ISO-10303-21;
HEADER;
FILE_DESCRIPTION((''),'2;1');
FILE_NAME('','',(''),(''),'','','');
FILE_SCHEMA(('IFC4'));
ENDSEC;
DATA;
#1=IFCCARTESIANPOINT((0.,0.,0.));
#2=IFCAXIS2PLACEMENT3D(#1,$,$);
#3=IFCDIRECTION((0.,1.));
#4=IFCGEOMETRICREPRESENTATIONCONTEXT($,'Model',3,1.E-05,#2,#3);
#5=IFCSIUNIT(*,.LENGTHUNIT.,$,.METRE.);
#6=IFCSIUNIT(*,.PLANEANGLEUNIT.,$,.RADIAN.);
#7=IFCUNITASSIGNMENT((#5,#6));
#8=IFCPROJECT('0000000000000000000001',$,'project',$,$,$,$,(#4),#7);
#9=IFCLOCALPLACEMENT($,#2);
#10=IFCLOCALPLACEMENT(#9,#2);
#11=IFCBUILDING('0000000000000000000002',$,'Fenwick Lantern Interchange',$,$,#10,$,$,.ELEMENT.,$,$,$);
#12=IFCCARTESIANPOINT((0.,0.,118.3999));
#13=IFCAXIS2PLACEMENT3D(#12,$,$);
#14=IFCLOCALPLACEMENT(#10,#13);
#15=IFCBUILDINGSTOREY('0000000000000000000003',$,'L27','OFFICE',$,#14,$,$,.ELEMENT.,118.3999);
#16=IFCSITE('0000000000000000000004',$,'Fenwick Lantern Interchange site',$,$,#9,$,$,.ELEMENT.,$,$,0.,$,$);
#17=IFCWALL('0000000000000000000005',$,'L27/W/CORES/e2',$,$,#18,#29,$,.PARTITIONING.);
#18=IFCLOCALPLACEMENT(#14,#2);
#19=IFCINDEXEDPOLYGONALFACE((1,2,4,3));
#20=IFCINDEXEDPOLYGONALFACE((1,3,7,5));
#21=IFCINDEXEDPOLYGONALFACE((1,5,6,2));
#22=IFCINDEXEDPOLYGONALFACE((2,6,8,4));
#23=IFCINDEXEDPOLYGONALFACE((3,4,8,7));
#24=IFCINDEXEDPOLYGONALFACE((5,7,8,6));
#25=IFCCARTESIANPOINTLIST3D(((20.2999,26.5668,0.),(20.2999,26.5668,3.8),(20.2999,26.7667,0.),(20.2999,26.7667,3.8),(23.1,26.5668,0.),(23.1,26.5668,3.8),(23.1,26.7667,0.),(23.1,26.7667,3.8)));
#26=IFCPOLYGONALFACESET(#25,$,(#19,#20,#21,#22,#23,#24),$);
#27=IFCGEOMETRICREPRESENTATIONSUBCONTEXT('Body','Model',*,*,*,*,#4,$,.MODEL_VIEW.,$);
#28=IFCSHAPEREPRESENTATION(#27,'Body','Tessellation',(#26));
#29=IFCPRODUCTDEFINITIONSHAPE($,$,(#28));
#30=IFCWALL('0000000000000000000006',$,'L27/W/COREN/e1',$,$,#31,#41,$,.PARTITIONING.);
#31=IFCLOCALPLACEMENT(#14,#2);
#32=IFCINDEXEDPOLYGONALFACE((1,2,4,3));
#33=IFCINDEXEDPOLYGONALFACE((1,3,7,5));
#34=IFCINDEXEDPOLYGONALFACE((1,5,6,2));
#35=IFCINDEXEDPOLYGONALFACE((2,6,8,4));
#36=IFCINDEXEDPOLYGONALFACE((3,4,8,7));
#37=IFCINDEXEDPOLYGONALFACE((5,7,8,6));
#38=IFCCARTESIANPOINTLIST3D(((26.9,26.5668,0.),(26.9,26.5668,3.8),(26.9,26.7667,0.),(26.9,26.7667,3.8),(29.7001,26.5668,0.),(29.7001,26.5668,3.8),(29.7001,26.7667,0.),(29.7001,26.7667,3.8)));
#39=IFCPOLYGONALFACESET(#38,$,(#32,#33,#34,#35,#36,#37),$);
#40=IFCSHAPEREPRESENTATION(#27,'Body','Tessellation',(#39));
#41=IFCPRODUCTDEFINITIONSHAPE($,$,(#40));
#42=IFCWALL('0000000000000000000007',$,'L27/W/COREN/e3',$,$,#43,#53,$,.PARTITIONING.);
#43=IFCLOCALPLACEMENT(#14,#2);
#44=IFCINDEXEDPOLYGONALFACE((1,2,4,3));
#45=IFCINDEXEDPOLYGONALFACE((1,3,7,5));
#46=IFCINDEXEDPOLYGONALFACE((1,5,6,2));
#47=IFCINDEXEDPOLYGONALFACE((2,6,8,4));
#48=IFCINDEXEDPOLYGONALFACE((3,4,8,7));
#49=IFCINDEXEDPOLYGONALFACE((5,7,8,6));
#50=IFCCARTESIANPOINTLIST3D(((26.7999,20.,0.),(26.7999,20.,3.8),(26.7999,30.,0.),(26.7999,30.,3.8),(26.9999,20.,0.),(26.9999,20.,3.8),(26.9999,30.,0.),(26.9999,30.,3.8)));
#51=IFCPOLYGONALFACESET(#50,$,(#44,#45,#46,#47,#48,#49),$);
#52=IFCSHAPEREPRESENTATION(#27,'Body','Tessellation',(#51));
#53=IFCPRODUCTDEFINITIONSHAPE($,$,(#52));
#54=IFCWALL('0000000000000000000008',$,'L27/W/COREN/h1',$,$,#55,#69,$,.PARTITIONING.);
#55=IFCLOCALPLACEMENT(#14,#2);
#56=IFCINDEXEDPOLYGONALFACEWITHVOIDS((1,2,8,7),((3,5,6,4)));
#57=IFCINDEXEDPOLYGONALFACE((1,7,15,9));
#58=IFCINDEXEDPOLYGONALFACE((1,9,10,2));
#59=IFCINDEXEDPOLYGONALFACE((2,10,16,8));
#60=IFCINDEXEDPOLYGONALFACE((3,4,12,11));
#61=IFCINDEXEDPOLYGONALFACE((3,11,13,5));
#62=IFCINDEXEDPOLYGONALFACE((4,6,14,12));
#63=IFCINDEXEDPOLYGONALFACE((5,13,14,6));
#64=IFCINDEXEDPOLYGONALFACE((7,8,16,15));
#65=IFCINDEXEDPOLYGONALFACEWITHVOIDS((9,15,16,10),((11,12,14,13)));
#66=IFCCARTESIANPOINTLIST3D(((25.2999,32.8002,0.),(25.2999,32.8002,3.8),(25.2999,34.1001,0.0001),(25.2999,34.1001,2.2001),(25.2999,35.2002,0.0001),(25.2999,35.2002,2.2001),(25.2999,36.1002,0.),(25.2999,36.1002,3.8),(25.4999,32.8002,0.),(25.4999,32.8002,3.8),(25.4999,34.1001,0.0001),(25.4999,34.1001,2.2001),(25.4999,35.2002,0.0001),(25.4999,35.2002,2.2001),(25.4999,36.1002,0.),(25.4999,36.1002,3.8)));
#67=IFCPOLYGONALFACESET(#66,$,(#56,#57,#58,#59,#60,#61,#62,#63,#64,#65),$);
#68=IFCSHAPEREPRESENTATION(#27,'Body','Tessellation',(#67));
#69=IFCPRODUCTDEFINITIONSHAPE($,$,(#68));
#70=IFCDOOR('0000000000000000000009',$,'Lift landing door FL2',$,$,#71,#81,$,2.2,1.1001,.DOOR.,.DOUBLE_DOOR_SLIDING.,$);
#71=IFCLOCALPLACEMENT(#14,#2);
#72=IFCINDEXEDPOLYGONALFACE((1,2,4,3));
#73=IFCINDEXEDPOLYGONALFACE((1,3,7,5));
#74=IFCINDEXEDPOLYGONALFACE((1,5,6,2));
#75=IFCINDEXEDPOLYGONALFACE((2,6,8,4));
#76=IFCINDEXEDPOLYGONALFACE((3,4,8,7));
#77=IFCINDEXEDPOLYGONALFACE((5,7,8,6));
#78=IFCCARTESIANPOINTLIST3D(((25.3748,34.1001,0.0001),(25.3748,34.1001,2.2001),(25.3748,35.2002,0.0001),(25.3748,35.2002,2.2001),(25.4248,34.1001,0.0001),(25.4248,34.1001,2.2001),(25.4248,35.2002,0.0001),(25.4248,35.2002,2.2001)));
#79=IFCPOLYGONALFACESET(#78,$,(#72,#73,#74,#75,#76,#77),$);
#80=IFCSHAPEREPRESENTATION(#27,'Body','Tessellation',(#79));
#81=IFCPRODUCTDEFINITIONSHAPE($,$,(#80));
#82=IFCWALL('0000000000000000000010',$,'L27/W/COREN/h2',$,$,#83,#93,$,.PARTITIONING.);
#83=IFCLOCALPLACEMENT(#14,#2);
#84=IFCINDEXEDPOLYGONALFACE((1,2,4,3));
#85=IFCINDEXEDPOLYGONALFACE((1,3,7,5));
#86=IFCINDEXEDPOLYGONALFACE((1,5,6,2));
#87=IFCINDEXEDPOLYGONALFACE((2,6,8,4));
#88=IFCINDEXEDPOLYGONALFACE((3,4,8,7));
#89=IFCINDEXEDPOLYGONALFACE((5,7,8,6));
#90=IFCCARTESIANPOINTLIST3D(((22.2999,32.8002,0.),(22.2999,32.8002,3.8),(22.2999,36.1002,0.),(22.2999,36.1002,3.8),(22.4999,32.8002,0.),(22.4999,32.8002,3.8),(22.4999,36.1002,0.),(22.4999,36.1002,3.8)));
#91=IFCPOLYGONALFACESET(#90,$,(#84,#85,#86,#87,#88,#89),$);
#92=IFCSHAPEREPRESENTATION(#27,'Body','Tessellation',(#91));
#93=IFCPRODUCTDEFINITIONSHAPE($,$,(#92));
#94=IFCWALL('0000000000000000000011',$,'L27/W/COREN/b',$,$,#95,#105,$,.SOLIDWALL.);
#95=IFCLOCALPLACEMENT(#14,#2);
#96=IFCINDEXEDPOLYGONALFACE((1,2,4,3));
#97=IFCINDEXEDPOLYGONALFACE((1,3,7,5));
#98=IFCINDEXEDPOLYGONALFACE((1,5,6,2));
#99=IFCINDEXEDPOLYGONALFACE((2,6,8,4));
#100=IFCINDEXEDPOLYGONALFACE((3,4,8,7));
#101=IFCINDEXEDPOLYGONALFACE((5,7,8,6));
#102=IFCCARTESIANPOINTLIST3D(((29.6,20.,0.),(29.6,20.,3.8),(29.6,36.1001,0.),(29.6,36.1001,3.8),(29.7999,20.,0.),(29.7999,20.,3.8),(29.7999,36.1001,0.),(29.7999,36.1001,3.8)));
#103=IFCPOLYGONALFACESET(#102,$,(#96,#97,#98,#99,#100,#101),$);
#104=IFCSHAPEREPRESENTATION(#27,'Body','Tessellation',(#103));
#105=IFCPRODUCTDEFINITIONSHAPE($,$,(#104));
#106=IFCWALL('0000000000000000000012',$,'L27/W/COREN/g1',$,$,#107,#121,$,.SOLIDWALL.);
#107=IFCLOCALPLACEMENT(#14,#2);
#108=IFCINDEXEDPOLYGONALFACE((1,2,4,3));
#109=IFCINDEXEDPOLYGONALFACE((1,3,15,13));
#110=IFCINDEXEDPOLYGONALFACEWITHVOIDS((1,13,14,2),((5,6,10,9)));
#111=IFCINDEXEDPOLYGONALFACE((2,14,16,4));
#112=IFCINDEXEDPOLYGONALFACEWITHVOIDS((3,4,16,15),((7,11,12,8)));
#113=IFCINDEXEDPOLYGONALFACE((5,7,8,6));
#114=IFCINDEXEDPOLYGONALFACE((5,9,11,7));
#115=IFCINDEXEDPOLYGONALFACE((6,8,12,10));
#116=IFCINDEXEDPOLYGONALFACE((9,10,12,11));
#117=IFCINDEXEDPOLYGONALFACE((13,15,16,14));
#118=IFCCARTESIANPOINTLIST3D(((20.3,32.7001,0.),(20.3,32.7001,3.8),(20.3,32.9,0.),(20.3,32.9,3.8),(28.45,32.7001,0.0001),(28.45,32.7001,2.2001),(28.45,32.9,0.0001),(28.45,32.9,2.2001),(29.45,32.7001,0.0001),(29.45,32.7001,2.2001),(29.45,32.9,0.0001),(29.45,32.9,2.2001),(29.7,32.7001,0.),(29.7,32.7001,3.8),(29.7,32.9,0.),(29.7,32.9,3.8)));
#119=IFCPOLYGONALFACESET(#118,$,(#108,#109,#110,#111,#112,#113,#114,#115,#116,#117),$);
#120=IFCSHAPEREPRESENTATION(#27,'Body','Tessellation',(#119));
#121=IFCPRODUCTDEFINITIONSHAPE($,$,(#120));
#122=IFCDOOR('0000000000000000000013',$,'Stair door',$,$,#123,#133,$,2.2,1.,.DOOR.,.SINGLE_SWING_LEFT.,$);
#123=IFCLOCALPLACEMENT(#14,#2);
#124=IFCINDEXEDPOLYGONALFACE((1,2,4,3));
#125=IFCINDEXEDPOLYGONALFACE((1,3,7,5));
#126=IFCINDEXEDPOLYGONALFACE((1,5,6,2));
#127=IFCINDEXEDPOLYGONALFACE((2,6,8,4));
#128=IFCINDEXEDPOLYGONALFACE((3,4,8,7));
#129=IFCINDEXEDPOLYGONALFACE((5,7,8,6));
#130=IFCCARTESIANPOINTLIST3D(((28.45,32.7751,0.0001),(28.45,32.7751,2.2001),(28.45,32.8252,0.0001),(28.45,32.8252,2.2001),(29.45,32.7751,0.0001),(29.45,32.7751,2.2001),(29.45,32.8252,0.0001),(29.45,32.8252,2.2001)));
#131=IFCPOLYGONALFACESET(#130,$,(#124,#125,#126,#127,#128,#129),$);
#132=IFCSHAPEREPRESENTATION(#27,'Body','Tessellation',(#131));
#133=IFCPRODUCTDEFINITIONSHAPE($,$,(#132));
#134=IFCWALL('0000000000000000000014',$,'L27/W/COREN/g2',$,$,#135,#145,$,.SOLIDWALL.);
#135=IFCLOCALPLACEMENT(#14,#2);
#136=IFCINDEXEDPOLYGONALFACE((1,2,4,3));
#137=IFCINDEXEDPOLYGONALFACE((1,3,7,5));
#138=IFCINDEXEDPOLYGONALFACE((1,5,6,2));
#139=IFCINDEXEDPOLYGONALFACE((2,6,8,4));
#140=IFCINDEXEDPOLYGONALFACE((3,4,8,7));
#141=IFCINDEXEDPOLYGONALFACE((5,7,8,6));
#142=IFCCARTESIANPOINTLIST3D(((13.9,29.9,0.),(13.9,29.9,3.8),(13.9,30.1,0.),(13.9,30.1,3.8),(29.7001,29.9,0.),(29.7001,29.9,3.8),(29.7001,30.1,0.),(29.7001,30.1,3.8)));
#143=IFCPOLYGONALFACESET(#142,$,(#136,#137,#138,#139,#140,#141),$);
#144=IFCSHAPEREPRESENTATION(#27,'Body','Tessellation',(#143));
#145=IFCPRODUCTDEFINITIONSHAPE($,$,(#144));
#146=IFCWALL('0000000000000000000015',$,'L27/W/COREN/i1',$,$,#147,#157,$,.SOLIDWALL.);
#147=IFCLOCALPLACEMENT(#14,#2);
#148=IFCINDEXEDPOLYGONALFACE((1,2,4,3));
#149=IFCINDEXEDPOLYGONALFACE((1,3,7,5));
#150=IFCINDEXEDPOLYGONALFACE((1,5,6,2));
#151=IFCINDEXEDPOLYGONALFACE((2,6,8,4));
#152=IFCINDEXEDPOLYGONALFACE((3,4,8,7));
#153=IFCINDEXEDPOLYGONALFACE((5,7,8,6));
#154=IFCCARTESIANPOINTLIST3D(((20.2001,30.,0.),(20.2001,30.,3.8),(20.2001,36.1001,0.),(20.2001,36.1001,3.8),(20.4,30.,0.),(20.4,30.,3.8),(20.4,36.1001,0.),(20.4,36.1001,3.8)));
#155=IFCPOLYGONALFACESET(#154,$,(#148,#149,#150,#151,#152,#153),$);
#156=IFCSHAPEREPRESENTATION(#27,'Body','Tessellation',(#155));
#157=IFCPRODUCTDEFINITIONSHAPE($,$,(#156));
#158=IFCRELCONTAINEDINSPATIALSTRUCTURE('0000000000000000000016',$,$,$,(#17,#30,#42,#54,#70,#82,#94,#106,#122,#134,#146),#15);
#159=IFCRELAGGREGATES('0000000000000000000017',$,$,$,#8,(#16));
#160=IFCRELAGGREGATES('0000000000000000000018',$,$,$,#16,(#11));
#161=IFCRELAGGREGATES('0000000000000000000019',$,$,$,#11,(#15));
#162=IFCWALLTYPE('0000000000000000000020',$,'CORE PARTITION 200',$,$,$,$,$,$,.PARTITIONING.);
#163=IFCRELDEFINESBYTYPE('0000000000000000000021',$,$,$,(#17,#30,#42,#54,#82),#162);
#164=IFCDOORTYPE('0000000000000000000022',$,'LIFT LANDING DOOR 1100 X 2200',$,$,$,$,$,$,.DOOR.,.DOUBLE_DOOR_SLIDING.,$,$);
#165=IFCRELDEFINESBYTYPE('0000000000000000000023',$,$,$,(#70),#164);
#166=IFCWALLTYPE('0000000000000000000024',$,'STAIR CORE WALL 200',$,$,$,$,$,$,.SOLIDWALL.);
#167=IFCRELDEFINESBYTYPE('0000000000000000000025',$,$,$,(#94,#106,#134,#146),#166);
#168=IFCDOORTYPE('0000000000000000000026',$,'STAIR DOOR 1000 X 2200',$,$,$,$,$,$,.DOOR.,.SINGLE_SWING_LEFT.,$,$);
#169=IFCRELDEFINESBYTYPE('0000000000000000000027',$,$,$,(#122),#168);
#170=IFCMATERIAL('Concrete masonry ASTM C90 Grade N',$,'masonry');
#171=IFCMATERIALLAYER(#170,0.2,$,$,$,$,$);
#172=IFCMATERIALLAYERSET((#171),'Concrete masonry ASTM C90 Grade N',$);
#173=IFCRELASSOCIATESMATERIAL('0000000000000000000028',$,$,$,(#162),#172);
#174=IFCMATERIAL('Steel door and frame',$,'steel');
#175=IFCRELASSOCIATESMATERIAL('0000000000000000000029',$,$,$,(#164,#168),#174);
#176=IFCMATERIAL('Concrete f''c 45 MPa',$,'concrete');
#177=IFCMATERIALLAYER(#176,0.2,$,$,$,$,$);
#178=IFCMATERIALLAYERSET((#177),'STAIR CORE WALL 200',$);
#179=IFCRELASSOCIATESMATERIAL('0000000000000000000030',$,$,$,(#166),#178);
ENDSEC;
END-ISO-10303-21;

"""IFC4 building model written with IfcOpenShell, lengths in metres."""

from ifc_helpers import new_model, si_unit, direction, frame, frame_2d, origin, place, context, subcontext, project, spatial, rectangle, extrude, material, layer, layer_set, type_object, element, fill, save


model = new_model("IFC4")

# Units and contexts
model_context = context("Model", 3, precision=1e-05, world=origin(), true_north=direction((0.0, 1.0)))
body_context = subcontext(model_context, "Body", "Model", "MODEL_VIEW")
ifc_project = project(units=[si_unit("LENGTHUNIT", "METRE"), si_unit("PLANEANGLEUNIT", "RADIAN")], contexts=[model_context])

# Site, building, storey
site_placement = place(None, origin())
site = spatial("IfcSite", under=ifc_project, at=site_placement, Name="Fenwick Lantern Interchange site", CompositionType="ELEMENT", RefElevation=0.0)
building_placement = place(site_placement, origin())
building = spatial("IfcBuilding", under=site, at=building_placement, Name="Fenwick Lantern Interchange", CompositionType="ELEMENT")
storey_placement = place(building_placement, frame((0.0, 0.0, 118.3999)))
storey = spatial("IfcBuildingStorey", under=building, at=storey_placement, Name="L27", Description="OFFICE", CompositionType="ELEMENT", Elevation=118.3999)

# Walls
ifc_material_1 = material(Name="Concrete masonry ASTM C90 Grade N", Category="masonry")
ifc_layer_1 = layer(ifc_material_1, 0.2)
ifc_layer_set_1 = layer_set([ifc_layer_1], Name="Concrete masonry ASTM C90 Grade N")
wall_type_1 = type_object("IfcWallType", Name="CORE PARTITION 200", PredefinedType="PARTITIONING", material=ifc_layer_set_1)
for number, where, z_axis, x_axis, name in (
    (1, (20.3, 26.6667, 0.0), (0.0, 0.0, 1.0), (1.0, 0.0, 0.0), "L27/W/CORES/e2"),
    (2, (29.7, 26.6667, 0.0), (0.0, 0.0, 1.0), (-1.0, 0.0, 0.0), "L27/W/COREN/e1"),
):
    element("IfcWall", number, at=place(storey_placement, frame(where, z_axis=z_axis, x_axis=x_axis)), inside=storey, type_object=wall_type_1, Name=name, PredefinedType="PARTITIONING", context=body_context, shape_type="SweptSolid", body=[
        extrude(rectangle(XDim=2.8, YDim=0.2, at=frame_2d((1.3999, 0.0))), origin(), (0.0, 0.0, 1.0), 3.8),
    ])
wall_1_placement = place(storey_placement, frame((26.8999, 30.0, 0.0), z_axis=(0.0, 0.0, 1.0), x_axis=(0.0, -1.0, 0.0)))
element("IfcWall", 3, at=wall_1_placement, inside=storey, type_object=wall_type_1, Name="L27/W/COREN/e3", PredefinedType="PARTITIONING", context=body_context, shape_type="SweptSolid", body=[
    extrude(rectangle(XDim=10.0, YDim=0.2, at=frame_2d((5.0, 0.0))), origin(), (0.0, 0.0, 1.0), 3.8),
])

# Wall, opening, door
wall_2_placement = place(storey_placement, frame((25.3999, 36.1001, 0.0), z_axis=(0.0, 0.0, 1.0), x_axis=(0.0, -1.0, 0.0)))
wall_2 = element("IfcWall", 4, at=wall_2_placement, inside=storey, type_object=wall_type_1, Name="L27/W/COREN/h1", PredefinedType="PARTITIONING", context=body_context, shape_type="SweptSolid", body=[
    extrude(rectangle(XDim=3.3, YDim=0.2, at=frame_2d((1.6499, 0.0))), origin(), (0.0, 0.0, 1.0), 3.8),
])
opening_1_placement = place(wall_2_placement, frame((0.8999, 0.0, 0.0)))
opening_1 = element("IfcOpeningElement", 5, at=opening_1_placement, cuts=wall_2, PredefinedType="OPENING", context=body_context, shape_type="SweptSolid", body=[
    extrude(rectangle(XDim=1.1001, YDim=2.2, at=frame_2d((0.55, 1.1001))), frame((0.0, 0.1099, 0.0), z_axis=(0.0, -1.0, 0.0), x_axis=(1.0, 0.0, 0.0)), (0.0, 0.0, 1.0), 0.22),
])
ifc_material_2 = material(Name="Steel door and frame", Category="steel")
door_type_1 = type_object("IfcDoorType", Name="LIFT LANDING DOOR 1100 X 2200", OperationType="DOUBLE_DOOR_SLIDING", PredefinedType="DOOR", material=ifc_material_2)
door_1_placement = place(opening_1_placement, origin())
door_1 = element("IfcDoor", 6, at=door_1_placement, inside=storey, type_object=door_type_1, Name="Lift landing door FL2", OperationType="DOUBLE_DOOR_SLIDING", OverallHeight=2.2, OverallWidth=1.1001, PredefinedType="DOOR", context=body_context, shape_type="SweptSolid", body=[
    extrude(rectangle(XDim=1.1001, YDim=2.2, at=frame_2d((0.55, 1.1001))), frame((0.0, 0.0249, 0.0), z_axis=(0.0, -1.0, 0.0), x_axis=(1.0, 0.0, 0.0)), (0.0, 0.0, 1.0), 0.05),
])
fill(opening_1, door_1)

# Walls
wall_3_placement = place(storey_placement, frame((22.3999, 36.1001, 0.0), z_axis=(0.0, 0.0, 1.0), x_axis=(0.0, -1.0, 0.0)))
element("IfcWall", 7, at=wall_3_placement, inside=storey, type_object=wall_type_1, Name="L27/W/COREN/h2", PredefinedType="PARTITIONING", context=body_context, shape_type="SweptSolid", body=[
    extrude(rectangle(XDim=3.3, YDim=0.2, at=frame_2d((1.6499, 0.0))), origin(), (0.0, 0.0, 1.0), 3.8),
])
ifc_material_3 = material(Name="Concrete f'c 45 MPa", Category="concrete")
ifc_layer_2 = layer(ifc_material_3, 0.2)
ifc_layer_set_2 = layer_set([ifc_layer_2], Name="STAIR CORE WALL 200")
wall_type_2 = type_object("IfcWallType", Name="STAIR CORE WALL 200", PredefinedType="SOLIDWALL", material=ifc_layer_set_2)
wall_4_placement = place(storey_placement, frame((29.7, 36.1001, 0.0), z_axis=(0.0, 0.0, 1.0), x_axis=(0.0, -1.0, 0.0)))
element("IfcWall", 8, at=wall_4_placement, inside=storey, type_object=wall_type_2, Name="L27/W/COREN/b", PredefinedType="SOLIDWALL", context=body_context, shape_type="SweptSolid", body=[
    extrude(rectangle(XDim=16.1001, YDim=0.2, at=frame_2d((8.05, 0.0))), origin(), (0.0, 0.0, 1.0), 3.8),
])

# Wall, opening, door
wall_5_placement = place(storey_placement, frame((29.7, 32.8, 0.0), z_axis=(0.0, 0.0, 1.0), x_axis=(-1.0, 0.0, 0.0)))
wall_5 = element("IfcWall", 9, at=wall_5_placement, inside=storey, type_object=wall_type_2, Name="L27/W/COREN/g1", PredefinedType="SOLIDWALL", context=body_context, shape_type="SweptSolid", body=[
    extrude(rectangle(XDim=9.3999, YDim=0.2, at=frame_2d((4.7, 0.0))), origin(), (0.0, 0.0, 1.0), 3.8),
])
opening_2_placement = place(wall_5_placement, frame((0.25, 0.0, 0.0)))
opening_2 = element("IfcOpeningElement", 10, at=opening_2_placement, cuts=wall_5, PredefinedType="OPENING", context=body_context, shape_type="SweptSolid", body=[
    extrude(rectangle(XDim=1.0, YDim=2.2, at=frame_2d((0.5, 1.1001))), frame((0.0, 0.1099, 0.0), z_axis=(0.0, -1.0, 0.0), x_axis=(1.0, 0.0, 0.0)), (0.0, 0.0, 1.0), 0.22),
])
door_type_2 = type_object("IfcDoorType", Name="STAIR DOOR 1000 X 2200", OperationType="SINGLE_SWING_LEFT", PredefinedType="DOOR", material=ifc_material_2)
door_2_placement = place(opening_2_placement, origin())
door_2 = element("IfcDoor", 11, at=door_2_placement, inside=storey, type_object=door_type_2, Name="Stair door", OperationType="SINGLE_SWING_LEFT", OverallHeight=2.2, OverallWidth=1.0, PredefinedType="DOOR", context=body_context, shape_type="SweptSolid", body=[
    extrude(rectangle(XDim=1.0, YDim=2.2, at=frame_2d((0.5, 1.1001))), frame((0.0, 0.0249, 0.0), z_axis=(0.0, -1.0, 0.0), x_axis=(1.0, 0.0, 0.0)), (0.0, 0.0, 1.0), 0.05),
])
fill(opening_2, door_2)

# Walls
wall_6_placement = place(storey_placement, frame((29.7, 30.0, 0.0), z_axis=(0.0, 0.0, 1.0), x_axis=(-1.0, 0.0, 0.0)))
element("IfcWall", 12, at=wall_6_placement, inside=storey, type_object=wall_type_2, Name="L27/W/COREN/g2", PredefinedType="SOLIDWALL", context=body_context, shape_type="SweptSolid", body=[
    extrude(rectangle(XDim=15.8, YDim=0.2, at=frame_2d((7.8999, 0.0))), origin(), (0.0, 0.0, 1.0), 3.8),
])
wall_7_placement = place(storey_placement, frame((20.3, 36.1001, 0.0), z_axis=(0.0, 0.0, 1.0), x_axis=(0.0, -1.0, 0.0)))
element("IfcWall", 13, at=wall_7_placement, inside=storey, type_object=wall_type_2, Name="L27/W/COREN/i1", PredefinedType="SOLIDWALL", context=body_context, shape_type="SweptSolid", body=[
    extrude(rectangle(XDim=6.1001, YDim=0.2, at=frame_2d((3.05, 0.0))), origin(), (0.0, 0.0, 1.0), 3.8),
])

save(model, "model.ifc")
